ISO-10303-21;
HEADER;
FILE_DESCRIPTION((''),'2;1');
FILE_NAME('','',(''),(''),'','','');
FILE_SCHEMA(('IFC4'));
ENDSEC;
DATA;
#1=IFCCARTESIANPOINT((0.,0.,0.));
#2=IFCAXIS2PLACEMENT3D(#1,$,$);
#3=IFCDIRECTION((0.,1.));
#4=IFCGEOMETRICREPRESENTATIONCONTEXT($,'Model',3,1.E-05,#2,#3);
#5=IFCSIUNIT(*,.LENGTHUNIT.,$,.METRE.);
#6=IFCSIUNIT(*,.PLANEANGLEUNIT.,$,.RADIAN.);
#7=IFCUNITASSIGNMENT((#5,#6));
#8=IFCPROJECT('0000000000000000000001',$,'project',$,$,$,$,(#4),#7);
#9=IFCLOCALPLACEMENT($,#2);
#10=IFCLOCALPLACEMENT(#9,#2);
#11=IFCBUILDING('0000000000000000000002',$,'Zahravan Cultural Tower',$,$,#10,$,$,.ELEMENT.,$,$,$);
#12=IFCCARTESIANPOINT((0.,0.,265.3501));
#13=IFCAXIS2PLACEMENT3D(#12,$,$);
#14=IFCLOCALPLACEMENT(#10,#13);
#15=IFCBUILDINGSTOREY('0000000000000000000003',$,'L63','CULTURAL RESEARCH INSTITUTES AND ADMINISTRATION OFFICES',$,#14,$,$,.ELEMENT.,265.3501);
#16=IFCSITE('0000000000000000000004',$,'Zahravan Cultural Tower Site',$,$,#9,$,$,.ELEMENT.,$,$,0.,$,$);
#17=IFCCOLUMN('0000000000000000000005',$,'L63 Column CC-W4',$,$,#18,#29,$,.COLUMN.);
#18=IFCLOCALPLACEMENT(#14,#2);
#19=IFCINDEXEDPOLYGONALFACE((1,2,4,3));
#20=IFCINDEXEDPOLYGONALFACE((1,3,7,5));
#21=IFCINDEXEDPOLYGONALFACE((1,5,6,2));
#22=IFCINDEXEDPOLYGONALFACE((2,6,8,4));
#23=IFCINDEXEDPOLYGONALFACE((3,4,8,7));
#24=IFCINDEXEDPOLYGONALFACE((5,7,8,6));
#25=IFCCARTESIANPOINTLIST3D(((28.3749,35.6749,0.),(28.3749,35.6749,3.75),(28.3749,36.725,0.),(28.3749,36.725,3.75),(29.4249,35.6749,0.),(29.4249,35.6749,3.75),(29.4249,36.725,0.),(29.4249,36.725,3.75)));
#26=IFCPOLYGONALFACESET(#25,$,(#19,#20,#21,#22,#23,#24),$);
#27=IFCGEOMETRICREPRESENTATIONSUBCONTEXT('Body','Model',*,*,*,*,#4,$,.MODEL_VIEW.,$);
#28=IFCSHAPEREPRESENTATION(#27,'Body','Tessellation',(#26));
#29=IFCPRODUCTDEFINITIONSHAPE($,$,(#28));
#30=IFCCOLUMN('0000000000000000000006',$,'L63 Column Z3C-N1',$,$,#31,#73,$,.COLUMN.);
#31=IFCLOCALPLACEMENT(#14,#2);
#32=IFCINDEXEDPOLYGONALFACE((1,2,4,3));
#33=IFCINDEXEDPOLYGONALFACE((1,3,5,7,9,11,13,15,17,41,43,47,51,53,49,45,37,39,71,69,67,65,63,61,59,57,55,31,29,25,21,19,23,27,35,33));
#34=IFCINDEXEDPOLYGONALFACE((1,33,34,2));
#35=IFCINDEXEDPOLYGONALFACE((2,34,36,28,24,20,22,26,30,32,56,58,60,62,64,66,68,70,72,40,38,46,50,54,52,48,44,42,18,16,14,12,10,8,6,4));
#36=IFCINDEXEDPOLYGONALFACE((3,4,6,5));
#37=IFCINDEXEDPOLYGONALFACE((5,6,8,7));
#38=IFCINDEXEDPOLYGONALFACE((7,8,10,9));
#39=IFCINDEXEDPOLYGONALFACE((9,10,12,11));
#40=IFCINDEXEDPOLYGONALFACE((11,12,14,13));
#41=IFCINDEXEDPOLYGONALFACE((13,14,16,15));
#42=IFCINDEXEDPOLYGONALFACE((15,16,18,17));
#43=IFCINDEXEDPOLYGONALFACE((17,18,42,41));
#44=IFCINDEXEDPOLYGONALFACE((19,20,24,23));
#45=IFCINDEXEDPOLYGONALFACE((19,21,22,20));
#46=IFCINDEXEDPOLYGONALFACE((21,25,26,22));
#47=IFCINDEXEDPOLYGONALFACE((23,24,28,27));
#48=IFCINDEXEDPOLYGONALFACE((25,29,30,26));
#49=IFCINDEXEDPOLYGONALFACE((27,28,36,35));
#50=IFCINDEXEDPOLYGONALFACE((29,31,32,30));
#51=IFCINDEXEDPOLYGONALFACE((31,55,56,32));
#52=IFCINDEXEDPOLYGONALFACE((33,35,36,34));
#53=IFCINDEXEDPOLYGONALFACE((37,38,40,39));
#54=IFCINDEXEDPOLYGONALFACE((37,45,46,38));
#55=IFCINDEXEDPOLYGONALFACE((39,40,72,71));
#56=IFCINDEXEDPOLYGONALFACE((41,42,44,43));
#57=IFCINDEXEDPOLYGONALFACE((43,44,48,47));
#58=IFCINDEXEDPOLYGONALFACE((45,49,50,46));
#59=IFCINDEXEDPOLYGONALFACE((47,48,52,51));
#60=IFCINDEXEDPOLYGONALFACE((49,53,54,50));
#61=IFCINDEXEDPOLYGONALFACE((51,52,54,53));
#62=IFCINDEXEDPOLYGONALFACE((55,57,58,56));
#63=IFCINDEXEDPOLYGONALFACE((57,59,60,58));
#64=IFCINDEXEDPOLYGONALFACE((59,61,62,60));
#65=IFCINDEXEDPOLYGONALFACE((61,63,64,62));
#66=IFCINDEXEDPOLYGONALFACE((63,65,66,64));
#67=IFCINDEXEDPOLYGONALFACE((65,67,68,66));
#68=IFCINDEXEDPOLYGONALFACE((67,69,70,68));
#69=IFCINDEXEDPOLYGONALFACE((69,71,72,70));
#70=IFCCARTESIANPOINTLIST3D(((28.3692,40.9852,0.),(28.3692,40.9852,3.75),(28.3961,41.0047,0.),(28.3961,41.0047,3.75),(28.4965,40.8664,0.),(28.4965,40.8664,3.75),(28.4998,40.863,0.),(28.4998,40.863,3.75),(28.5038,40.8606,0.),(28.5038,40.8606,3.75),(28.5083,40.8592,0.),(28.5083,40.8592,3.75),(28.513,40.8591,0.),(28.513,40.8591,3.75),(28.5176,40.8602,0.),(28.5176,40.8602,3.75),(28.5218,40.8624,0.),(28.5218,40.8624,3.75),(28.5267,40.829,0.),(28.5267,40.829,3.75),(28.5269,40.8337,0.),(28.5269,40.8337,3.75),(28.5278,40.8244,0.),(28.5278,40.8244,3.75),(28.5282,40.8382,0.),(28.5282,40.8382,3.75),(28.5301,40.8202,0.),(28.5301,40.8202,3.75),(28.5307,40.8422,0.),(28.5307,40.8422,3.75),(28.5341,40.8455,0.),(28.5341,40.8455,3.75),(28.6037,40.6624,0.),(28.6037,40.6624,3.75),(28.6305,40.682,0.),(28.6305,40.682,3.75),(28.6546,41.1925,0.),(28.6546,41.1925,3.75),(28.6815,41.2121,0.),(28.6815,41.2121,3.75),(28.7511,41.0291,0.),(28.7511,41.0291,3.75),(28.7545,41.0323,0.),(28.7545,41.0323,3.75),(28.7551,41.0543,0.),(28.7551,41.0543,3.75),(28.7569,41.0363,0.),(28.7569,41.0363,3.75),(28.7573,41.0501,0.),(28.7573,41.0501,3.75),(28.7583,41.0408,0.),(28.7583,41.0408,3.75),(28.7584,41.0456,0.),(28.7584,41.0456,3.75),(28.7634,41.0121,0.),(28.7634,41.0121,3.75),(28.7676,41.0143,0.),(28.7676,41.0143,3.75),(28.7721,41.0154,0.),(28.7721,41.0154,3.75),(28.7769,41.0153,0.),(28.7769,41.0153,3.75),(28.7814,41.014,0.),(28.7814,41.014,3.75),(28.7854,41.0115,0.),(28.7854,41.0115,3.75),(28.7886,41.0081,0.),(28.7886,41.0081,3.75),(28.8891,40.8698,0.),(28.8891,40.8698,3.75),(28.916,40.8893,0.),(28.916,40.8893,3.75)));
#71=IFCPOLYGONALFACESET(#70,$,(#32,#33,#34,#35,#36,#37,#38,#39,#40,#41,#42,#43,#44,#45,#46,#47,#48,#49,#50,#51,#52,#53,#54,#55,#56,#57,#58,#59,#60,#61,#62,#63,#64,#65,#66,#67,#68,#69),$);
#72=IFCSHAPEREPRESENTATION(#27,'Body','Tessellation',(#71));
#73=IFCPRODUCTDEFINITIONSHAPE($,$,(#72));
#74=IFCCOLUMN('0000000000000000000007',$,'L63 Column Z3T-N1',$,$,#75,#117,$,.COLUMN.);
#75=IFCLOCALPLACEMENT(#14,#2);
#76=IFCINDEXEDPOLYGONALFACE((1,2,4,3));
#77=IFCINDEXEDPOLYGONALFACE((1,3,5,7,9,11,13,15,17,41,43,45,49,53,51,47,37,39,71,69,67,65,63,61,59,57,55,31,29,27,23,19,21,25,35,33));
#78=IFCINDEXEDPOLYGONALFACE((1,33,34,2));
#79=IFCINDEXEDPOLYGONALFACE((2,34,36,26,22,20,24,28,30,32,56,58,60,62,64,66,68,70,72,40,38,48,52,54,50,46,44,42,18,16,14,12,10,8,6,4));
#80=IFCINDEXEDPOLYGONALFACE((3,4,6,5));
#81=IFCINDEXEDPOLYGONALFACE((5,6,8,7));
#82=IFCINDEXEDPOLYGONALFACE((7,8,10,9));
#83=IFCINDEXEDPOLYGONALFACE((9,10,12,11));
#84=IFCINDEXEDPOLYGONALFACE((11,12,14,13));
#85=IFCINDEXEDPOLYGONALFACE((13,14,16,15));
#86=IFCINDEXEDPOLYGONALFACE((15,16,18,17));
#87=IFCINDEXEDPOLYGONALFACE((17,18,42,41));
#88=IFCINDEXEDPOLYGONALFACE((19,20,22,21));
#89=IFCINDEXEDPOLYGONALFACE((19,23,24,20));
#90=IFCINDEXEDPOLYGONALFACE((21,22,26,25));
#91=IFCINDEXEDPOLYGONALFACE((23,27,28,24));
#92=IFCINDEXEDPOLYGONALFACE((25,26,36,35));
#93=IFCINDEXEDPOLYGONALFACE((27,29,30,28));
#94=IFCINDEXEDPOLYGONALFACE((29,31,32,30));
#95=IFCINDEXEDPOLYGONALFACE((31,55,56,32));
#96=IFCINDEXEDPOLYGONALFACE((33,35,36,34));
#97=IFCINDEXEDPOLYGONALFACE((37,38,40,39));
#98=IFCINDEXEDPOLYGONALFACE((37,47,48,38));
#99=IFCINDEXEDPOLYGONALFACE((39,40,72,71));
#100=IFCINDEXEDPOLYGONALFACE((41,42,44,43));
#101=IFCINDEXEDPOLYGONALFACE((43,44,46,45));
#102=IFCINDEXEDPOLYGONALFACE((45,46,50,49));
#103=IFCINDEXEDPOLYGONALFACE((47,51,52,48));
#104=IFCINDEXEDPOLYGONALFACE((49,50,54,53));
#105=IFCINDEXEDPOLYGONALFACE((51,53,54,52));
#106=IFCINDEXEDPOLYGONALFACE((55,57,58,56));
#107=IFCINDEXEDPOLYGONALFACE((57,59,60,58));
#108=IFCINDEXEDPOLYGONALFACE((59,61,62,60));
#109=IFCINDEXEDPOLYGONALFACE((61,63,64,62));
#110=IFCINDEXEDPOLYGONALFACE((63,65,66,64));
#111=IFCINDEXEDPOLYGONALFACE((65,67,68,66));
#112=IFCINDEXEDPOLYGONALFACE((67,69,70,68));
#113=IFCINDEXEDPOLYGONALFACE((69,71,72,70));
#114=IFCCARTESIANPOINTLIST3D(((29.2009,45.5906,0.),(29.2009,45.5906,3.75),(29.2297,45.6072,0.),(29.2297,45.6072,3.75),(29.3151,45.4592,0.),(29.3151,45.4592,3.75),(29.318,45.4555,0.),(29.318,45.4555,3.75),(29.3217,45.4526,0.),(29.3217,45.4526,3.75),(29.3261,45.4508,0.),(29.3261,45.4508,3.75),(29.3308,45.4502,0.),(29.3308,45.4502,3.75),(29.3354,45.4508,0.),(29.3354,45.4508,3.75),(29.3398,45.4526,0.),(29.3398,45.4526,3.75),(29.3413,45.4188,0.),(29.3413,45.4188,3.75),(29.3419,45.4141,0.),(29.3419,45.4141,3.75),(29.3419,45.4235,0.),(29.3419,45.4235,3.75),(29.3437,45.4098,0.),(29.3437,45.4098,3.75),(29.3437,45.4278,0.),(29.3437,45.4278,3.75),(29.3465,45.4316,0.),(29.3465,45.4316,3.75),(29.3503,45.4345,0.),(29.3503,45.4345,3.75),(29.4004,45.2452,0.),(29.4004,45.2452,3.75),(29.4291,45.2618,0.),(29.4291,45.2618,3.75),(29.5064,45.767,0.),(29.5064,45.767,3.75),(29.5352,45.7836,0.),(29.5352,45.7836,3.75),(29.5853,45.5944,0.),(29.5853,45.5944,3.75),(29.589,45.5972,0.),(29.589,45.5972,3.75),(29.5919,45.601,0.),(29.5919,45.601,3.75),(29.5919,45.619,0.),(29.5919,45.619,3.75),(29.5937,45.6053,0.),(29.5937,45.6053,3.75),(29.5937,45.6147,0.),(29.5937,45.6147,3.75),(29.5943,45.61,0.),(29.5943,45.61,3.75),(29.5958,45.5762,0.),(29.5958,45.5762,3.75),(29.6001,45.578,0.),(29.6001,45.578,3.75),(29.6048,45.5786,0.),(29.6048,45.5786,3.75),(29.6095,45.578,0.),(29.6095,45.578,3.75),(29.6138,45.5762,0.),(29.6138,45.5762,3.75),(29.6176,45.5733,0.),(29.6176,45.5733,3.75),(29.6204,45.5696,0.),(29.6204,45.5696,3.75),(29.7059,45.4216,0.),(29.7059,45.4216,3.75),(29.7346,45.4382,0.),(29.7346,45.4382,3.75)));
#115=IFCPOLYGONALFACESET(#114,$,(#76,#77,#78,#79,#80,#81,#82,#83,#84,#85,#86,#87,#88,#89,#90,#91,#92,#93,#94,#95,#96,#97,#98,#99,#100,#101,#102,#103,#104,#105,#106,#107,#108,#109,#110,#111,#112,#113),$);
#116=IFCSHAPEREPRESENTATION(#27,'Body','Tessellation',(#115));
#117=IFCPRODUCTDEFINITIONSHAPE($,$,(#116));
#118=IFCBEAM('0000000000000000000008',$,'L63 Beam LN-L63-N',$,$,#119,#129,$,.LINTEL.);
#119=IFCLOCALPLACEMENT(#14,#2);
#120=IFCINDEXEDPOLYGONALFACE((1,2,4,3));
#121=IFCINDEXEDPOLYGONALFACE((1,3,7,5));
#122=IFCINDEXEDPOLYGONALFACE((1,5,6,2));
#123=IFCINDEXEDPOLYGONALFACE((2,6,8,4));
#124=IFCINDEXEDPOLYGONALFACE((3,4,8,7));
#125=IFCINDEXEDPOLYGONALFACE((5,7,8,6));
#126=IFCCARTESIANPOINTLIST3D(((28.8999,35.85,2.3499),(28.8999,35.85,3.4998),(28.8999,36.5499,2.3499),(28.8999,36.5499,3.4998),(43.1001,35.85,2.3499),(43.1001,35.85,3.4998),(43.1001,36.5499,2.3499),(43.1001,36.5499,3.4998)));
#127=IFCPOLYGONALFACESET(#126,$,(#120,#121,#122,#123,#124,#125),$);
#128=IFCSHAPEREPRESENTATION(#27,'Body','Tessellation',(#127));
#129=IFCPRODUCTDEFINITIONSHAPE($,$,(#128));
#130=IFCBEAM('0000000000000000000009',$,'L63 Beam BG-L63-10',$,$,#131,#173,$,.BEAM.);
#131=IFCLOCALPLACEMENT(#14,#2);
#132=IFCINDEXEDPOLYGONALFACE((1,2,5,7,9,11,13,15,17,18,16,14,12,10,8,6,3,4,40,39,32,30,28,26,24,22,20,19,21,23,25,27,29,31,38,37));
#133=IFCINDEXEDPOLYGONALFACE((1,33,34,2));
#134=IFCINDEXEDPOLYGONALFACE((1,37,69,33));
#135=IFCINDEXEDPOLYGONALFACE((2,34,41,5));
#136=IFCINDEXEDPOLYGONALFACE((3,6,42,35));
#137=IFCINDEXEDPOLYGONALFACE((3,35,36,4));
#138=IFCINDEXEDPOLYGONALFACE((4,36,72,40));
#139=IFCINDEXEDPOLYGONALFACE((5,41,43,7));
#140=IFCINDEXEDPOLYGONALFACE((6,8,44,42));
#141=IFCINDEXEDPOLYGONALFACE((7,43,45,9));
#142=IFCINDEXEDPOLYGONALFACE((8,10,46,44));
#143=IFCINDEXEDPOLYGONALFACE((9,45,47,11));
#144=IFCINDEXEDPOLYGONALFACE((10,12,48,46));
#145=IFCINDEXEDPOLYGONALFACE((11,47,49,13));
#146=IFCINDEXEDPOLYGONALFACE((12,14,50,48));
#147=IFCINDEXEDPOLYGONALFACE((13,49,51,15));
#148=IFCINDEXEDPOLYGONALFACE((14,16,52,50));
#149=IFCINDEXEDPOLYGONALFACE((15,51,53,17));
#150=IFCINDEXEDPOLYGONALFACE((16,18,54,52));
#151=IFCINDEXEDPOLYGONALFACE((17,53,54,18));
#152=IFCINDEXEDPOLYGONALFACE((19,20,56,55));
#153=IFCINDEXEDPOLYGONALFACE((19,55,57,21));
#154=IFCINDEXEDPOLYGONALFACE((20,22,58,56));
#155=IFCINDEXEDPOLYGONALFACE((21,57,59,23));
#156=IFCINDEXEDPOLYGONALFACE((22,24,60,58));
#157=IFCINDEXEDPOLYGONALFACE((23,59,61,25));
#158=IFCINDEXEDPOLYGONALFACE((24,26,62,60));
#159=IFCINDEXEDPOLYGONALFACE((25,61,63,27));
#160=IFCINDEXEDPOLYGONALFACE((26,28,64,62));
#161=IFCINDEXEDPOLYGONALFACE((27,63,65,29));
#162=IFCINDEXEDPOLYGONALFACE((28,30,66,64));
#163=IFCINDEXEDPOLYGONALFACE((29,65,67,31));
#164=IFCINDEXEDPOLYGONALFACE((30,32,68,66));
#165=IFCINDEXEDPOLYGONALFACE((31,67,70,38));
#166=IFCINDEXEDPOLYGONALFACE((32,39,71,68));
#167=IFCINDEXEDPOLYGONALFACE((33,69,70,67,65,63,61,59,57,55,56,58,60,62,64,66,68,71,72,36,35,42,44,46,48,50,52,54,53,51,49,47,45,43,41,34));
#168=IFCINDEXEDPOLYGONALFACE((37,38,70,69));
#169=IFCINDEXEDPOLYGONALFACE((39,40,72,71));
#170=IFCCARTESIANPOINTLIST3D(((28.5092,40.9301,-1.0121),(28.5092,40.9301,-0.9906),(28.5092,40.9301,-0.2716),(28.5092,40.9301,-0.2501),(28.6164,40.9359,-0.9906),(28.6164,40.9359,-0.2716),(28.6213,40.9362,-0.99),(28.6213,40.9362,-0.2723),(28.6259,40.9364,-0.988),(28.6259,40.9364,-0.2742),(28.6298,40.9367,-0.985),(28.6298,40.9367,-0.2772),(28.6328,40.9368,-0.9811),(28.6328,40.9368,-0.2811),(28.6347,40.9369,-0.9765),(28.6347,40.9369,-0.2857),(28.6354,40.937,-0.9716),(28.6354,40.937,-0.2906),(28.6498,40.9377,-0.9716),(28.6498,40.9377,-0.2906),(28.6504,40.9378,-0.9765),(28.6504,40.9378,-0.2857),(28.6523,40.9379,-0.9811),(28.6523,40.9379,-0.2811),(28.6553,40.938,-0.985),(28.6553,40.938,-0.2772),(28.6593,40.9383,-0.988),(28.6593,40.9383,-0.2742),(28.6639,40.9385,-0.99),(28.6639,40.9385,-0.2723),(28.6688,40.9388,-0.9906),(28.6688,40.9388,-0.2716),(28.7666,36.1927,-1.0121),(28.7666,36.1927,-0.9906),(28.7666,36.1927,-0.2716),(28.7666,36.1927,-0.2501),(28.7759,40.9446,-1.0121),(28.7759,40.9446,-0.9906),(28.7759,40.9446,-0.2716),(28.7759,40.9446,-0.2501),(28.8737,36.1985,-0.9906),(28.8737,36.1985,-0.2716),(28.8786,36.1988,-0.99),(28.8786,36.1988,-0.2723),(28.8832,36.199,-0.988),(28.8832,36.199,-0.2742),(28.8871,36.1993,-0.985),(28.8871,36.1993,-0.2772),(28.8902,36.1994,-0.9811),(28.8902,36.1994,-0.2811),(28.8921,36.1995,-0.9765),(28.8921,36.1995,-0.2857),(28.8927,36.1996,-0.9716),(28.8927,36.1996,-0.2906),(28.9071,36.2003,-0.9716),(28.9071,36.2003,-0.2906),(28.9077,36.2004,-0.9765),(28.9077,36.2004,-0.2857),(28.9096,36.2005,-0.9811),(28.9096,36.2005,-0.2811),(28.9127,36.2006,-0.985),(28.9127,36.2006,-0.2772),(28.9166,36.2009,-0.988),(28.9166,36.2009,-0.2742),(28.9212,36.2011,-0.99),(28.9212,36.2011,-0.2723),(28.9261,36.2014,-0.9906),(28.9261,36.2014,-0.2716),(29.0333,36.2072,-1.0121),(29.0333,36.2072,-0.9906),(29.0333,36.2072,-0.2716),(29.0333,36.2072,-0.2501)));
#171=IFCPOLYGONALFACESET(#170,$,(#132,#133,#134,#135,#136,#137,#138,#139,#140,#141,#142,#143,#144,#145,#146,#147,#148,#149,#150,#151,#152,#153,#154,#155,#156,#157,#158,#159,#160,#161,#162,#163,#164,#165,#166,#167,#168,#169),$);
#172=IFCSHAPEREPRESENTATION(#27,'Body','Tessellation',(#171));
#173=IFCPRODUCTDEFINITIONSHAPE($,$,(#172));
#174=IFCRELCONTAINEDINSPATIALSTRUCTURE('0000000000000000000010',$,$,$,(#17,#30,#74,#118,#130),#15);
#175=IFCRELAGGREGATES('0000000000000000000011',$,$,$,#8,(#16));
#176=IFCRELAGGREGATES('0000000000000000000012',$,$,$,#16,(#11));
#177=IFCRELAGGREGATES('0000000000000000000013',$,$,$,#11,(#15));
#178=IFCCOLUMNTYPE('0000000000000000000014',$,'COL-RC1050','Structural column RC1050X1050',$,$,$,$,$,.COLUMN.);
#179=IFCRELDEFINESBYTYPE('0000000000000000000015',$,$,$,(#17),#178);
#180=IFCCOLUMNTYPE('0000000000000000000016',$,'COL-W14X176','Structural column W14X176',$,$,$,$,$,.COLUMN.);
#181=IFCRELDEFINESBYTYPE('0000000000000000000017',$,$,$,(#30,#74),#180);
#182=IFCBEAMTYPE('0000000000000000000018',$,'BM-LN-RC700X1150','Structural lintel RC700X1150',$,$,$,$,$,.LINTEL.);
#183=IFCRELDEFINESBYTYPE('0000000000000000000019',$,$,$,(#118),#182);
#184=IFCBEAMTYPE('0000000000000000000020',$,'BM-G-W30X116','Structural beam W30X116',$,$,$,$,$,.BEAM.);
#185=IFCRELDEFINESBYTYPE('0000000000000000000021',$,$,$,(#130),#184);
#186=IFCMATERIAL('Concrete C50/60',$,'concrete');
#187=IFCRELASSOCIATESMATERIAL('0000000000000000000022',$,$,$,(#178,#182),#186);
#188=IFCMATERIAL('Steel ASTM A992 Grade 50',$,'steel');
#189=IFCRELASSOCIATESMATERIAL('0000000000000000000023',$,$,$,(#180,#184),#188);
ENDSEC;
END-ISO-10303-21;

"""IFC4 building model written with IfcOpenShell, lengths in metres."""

from ifc_helpers import new_model, si_unit, direction, frame, origin, origin_2d, place, context, subcontext, project, spatial, rectangle, i_section, extrude, source, transform, mapped, material, material_profile, profile_set, type_object, element, save


model = new_model("IFC4")

# Units and contexts
model_context = context("Model", 3, precision=1e-05, world=origin(), true_north=direction((0.0, 1.0)))
body_context = subcontext(model_context, "Body", "Model", "MODEL_VIEW")
ifc_project = project(units=[si_unit("LENGTHUNIT", "METRE"), si_unit("PLANEANGLEUNIT", "RADIAN")], contexts=[model_context])

# Site, building, storey
site_placement = place(None, origin())
site = spatial("IfcSite", under=ifc_project, at=site_placement, Name="Zahravan Cultural Tower Site", CompositionType="ELEMENT", RefElevation=0.0)
building_placement = place(site_placement, origin())
building = spatial("IfcBuilding", under=site, at=building_placement, Name="Zahravan Cultural Tower", CompositionType="ELEMENT")
storey_placement = place(building_placement, frame((0.0, 0.0, 265.3501)))
storey = spatial("IfcBuildingStorey", under=building, at=storey_placement, Name="L63", Description="CULTURAL RESEARCH INSTITUTES AND ADMINISTRATION OFFICES", CompositionType="ELEMENT", Elevation=265.3501)

# Columns
ifc_material_1 = material(Name="Concrete C50/60", Category="concrete")
ifc_material_profile_1 = material_profile(ifc_material_1, rectangle(XDim=1.05, YDim=1.05, at=origin_2d()), Name="RC1050X1050")
ifc_profile_set_1 = profile_set([ifc_material_profile_1], Name="Concrete C50/60")
column_type_1 = type_object("IfcColumnType", Name="COL-RC1050", Description="Structural column RC1050X1050", PredefinedType="COLUMN", material=ifc_profile_set_1)
shared_shape_1 = source(origin(), body_context, "Body", "SweptSolid", [
    extrude(rectangle(XDim=1.05, YDim=1.05, at=origin_2d()), origin(), (0.0, 0.0, 1.0), 3.75),
])
column_placement = place(storey_placement, frame((28.8999, 36.2, 0.0), z_axis=(0.0, 0.0, 1.0), x_axis=(1.0, 0.0, 0.0)))
element("IfcColumn", 1, at=column_placement, inside=storey, type_object=column_type_1, Name="L63 Column CC-W4", PredefinedType="COLUMN", context=body_context, shape_type="MappedRepresentation", body=[
    mapped(shared_shape_1, transform((0.0, 0.0, 0.0), x_axis=(1.0, 0.0, 0.0), y_axis=(0.0, 1.0, 0.0), z_axis=(0.0, 0.0, 1.0), scale=1.0)),
])
ifc_material_2 = material(Name="Steel ASTM A992 Grade 50", Category="steel")
ifc_material_profile_2 = material_profile(ifc_material_2, i_section(OverallWidth=0.3989, OverallDepth=0.386, WebThickness=0.021, FlangeThickness=0.0332, FilletRadius=0.0181, at=origin_2d()), Name="W14X176")
ifc_profile_set_2 = profile_set([ifc_material_profile_2], Name="Steel ASTM A992 Grade 50")
column_type_2 = type_object("IfcColumnType", Name="COL-W14X176", Description="Structural column W14X176", PredefinedType="COLUMN", material=ifc_profile_set_2)
shared_shape_2 = source(origin(), body_context, "Body", "SweptSolid", [
    extrude(i_section(OverallWidth=0.3989, OverallDepth=0.386, WebThickness=0.021, FlangeThickness=0.0332, FilletRadius=0.0181, at=origin_2d()), origin(), (0.0, 0.0, 1.0), 3.75),
])
for number, where, z_axis, x_axis, name in (
    (2, (28.6426, 40.9373, 0.0), (0.0, 0.0, 1.0), (-0.587785, 0.809017, 0.0), "L63 Column Z3C-N1"),
    (3, (29.4678, 45.5144, 0.0), (0.0, 0.0, 1.0), (-0.5, 0.866025, 0.0), "L63 Column Z3T-N1"),
):
    element("IfcColumn", number, at=place(storey_placement, frame(where, z_axis=z_axis, x_axis=x_axis)), inside=storey, type_object=column_type_2, Name=name, PredefinedType="COLUMN", context=body_context, shape_type="MappedRepresentation", body=[
        mapped(shared_shape_2, transform((0.0, 0.0, 0.0), x_axis=(1.0, 0.0, 0.0), y_axis=(0.0, 1.0, 0.0), z_axis=(0.0, 0.0, 1.0), scale=1.0)),
    ])

# Beams
ifc_material_profile_3 = material_profile(ifc_material_1, rectangle(XDim=0.7, YDim=1.1499, at=origin_2d()), Name="RC700X1150")
ifc_profile_set_3 = profile_set([ifc_material_profile_3], Name="Concrete C50/60")
beam_type_1 = type_object("IfcBeamType", Name="BM-LN-RC700X1150", Description="Structural lintel RC700X1150", PredefinedType="LINTEL", material=ifc_profile_set_3)
shared_shape_3 = source(origin(), body_context, "Body", "SweptSolid", [
    extrude(rectangle(XDim=0.7, YDim=1.1499, at=origin_2d()), origin(), (0.0, 0.0, 1.0), 14.2002),
])
beam_1_placement = place(storey_placement, frame((28.8999, 36.2, 2.9248), z_axis=(1.0, 0.0, 0.0), x_axis=(0.0, 1.0, 0.0)))
element("IfcBeam", 4, at=beam_1_placement, inside=storey, type_object=beam_type_1, Name="L63 Beam LN-L63-N", PredefinedType="LINTEL", context=body_context, shape_type="MappedRepresentation", body=[
    mapped(shared_shape_3, transform((0.0, 0.0, 0.0), x_axis=(1.0, 0.0, 0.0), y_axis=(0.0, 1.0, 0.0), z_axis=(0.0, 0.0, 1.0), scale=1.0)),
])
ifc_material_profile_4 = material_profile(ifc_material_2, i_section(OverallWidth=0.2671, OverallDepth=0.762, WebThickness=0.0144, FlangeThickness=0.0215, FilletRadius=0.019, at=origin_2d()), Name="W30X116")
ifc_profile_set_4 = profile_set([ifc_material_profile_4], Name="Steel ASTM A992 Grade 50")
beam_type_2 = type_object("IfcBeamType", Name="BM-G-W30X116", Description="Structural beam W30X116", PredefinedType="BEAM", material=ifc_profile_set_4)
shared_shape_4 = source(origin(), body_context, "Body", "SweptSolid", [
    extrude(i_section(OverallWidth=0.2671, OverallDepth=0.762, WebThickness=0.0144, FlangeThickness=0.0215, FilletRadius=0.019, at=origin_2d()), origin(), (0.0, 0.0, 1.0), 4.7444),
])
beam_2_placement = place(storey_placement, frame((28.8999, 36.2, -0.6311), z_axis=(-0.054239, 0.998528, 0.0), x_axis=(-0.998528, -0.054239, 0.0)))
element("IfcBeam", 5, at=beam_2_placement, inside=storey, type_object=beam_type_2, Name="L63 Beam BG-L63-10", PredefinedType="BEAM", context=body_context, shape_type="MappedRepresentation", body=[
    mapped(shared_shape_4, transform((0.0, 0.0, 0.0), x_axis=(1.0, 0.0, 0.0), y_axis=(0.0, 1.0, 0.0), z_axis=(0.0, 0.0, 1.0), scale=1.0)),
])

save(model, "model.ifc")
